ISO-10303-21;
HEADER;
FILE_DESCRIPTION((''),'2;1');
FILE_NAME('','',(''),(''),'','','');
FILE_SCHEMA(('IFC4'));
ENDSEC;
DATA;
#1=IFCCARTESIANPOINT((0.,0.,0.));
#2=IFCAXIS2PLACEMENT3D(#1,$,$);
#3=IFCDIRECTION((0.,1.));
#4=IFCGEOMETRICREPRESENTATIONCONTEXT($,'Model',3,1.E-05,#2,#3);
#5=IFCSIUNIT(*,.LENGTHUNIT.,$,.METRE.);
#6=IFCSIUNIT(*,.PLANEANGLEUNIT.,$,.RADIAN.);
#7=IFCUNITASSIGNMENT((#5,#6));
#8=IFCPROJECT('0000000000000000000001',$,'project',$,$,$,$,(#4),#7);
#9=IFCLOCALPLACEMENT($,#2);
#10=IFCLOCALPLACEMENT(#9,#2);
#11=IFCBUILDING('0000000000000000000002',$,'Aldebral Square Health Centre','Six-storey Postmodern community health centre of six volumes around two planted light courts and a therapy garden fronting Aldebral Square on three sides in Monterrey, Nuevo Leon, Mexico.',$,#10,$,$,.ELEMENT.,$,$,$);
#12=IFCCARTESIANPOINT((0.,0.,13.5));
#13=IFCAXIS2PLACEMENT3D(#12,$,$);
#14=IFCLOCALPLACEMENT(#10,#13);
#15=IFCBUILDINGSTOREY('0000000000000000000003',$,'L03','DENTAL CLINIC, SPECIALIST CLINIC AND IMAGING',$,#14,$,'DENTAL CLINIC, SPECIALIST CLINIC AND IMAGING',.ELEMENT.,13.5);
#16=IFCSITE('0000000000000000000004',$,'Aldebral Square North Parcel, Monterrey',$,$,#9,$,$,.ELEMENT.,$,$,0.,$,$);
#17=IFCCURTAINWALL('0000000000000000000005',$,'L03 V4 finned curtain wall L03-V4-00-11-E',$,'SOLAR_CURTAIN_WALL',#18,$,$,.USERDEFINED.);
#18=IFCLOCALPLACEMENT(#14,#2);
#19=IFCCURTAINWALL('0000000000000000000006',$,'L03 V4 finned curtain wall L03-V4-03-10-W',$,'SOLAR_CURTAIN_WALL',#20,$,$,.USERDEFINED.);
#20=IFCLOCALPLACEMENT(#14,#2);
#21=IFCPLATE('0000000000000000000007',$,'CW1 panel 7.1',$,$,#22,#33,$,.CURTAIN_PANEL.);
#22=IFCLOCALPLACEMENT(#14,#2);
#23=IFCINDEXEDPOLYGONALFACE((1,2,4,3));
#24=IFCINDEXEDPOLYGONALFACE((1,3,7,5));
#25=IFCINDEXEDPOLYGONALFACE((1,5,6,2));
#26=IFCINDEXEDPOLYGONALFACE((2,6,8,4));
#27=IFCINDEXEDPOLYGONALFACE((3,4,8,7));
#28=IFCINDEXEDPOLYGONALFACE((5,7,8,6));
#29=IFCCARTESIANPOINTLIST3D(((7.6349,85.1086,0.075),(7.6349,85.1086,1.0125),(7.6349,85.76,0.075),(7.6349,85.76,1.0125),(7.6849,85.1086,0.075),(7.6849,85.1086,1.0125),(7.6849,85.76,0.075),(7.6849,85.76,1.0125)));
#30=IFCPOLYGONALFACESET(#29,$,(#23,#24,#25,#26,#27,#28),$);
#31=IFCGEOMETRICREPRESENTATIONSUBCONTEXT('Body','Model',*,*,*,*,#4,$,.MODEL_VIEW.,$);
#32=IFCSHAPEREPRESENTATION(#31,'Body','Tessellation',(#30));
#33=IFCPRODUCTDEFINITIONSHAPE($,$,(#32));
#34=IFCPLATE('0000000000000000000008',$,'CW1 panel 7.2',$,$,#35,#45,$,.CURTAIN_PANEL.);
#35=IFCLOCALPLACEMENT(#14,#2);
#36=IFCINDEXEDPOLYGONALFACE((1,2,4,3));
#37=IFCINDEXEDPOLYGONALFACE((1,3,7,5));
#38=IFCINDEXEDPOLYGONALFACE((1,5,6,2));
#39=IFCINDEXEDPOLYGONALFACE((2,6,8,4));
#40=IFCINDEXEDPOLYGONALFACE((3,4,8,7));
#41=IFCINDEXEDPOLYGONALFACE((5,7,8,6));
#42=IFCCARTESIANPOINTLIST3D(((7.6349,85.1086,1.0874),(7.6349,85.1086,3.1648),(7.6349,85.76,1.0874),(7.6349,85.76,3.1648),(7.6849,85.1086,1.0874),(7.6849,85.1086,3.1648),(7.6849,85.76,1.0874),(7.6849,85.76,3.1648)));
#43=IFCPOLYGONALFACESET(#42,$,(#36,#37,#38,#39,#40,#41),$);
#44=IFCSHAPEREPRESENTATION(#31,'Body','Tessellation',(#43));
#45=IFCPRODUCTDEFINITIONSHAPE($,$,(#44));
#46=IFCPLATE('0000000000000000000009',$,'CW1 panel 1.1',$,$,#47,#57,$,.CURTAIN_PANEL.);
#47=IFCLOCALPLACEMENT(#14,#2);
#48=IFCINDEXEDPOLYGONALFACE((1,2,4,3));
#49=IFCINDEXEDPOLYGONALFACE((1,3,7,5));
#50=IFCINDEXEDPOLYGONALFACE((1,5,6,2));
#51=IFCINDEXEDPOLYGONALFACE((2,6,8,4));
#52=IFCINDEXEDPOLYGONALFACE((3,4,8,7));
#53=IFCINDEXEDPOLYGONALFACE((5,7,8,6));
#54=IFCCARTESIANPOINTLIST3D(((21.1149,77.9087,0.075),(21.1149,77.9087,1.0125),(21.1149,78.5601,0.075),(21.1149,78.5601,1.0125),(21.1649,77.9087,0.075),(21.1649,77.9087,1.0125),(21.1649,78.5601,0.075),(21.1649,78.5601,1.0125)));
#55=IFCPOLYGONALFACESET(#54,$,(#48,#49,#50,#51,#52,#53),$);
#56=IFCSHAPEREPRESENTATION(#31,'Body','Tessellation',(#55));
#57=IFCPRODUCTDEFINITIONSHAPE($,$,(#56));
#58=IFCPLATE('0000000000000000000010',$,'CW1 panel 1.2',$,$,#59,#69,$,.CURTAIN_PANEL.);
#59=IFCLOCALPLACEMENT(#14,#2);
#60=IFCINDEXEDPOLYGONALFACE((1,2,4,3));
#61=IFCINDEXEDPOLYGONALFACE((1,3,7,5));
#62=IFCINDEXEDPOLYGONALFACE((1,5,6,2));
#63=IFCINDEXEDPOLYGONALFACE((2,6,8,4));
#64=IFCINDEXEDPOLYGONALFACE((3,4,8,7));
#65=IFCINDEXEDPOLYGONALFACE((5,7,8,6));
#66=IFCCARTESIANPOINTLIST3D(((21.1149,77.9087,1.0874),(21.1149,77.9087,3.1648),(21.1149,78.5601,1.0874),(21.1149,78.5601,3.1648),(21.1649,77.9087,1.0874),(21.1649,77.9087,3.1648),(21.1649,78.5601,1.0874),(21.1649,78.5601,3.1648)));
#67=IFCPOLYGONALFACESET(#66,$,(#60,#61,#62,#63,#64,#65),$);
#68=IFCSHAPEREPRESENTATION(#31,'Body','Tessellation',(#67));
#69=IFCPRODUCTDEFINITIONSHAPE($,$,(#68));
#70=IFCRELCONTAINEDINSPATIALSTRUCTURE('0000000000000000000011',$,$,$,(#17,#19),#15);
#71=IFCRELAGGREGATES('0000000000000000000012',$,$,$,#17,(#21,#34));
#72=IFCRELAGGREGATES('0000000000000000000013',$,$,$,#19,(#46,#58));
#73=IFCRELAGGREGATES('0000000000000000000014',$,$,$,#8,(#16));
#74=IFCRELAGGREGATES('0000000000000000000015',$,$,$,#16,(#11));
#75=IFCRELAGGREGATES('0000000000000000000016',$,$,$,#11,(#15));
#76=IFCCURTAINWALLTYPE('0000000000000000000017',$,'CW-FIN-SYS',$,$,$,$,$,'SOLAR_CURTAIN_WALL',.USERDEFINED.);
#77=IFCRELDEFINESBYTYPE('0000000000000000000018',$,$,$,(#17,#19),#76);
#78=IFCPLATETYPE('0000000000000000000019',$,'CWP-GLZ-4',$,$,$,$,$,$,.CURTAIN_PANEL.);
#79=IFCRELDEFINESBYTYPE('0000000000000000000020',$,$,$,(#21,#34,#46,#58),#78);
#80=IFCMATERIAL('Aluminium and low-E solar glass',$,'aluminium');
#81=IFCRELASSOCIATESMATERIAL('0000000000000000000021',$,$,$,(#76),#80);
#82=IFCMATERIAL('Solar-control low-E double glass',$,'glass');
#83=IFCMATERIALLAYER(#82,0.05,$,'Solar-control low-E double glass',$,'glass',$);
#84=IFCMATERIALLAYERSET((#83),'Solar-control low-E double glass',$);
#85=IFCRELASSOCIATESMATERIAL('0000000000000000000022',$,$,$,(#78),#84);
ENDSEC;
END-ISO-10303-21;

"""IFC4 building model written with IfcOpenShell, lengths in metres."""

from ifc_helpers import new_model, si_unit, direction, frame, origin, origin_2d, place, context, subcontext, project, spatial, rectangle, extrude, material, layer, layer_set, type_object, element, aggregate, save


model = new_model("IFC4")

# Units and contexts
model_context = context("Model", 3, precision=1e-05, world=origin(), true_north=direction((0.0, 1.0)))
body_context = subcontext(model_context, "Body", "Model", "MODEL_VIEW")
ifc_project = project(units=[si_unit("LENGTHUNIT", "METRE"), si_unit("PLANEANGLEUNIT", "RADIAN")], contexts=[model_context])

# Site, building, storey
site_placement = place(None, origin())
site = spatial("IfcSite", under=ifc_project, at=site_placement, Name="Aldebral Square North Parcel, Monterrey", CompositionType="ELEMENT", RefElevation=0.0)
building_placement = place(site_placement, origin())
building = spatial("IfcBuilding", under=site, at=building_placement, Name="Aldebral Square Health Centre", Description="Six-storey Postmodern community health centre of six volumes around two planted light courts and a therapy garden fronting Aldebral Square on three sides in Monterrey, Nuevo Leon, Mexico.", CompositionType="ELEMENT")
storey_placement = place(building_placement, frame((0.0, 0.0, 13.5)))
storey = spatial("IfcBuildingStorey", under=building, at=storey_placement, Name="L03", Description="DENTAL CLINIC, SPECIALIST CLINIC AND IMAGING", LongName="DENTAL CLINIC, SPECIALIST CLINIC AND IMAGING", CompositionType="ELEMENT", Elevation=13.5)

# Curtain wall
ifc_material_1 = material(Name="Aluminium and low-E solar glass", Category="aluminium")
curtain_wall_type = type_object("IfcCurtainWallType", Name="CW-FIN-SYS", ElementType="SOLAR_CURTAIN_WALL", PredefinedType="USERDEFINED", material=ifc_material_1)
curtain_wall_1_placement = place(storey_placement, origin())
curtain_wall_1 = element("IfcCurtainWall", 1, at=curtain_wall_1_placement, inside=storey, type_object=curtain_wall_type, Name="L03 V4 finned curtain wall L03-V4-00-11-E", ObjectType="SOLAR_CURTAIN_WALL", PredefinedType="USERDEFINED")

# Curtain wall
curtain_wall_2_placement = place(storey_placement, origin())
curtain_wall_2 = element("IfcCurtainWall", 2, at=curtain_wall_2_placement, inside=storey, type_object=curtain_wall_type, Name="L03 V4 finned curtain wall L03-V4-03-10-W", ObjectType="SOLAR_CURTAIN_WALL", PredefinedType="USERDEFINED")

# Plates
ifc_material_2 = material(Name="Solar-control low-E double glass", Category="glass")
ifc_layer = layer(ifc_material_2, 0.05, Name="Solar-control low-E double glass", Category="glass")
ifc_layer_set = layer_set([ifc_layer], Name="Solar-control low-E double glass")
plate_type = type_object("IfcPlateType", Name="CWP-GLZ-4", PredefinedType="CURTAIN_PANEL", material=ifc_layer_set)
plate_1_placement = place(storey_placement, frame((7.6599, 85.4343, 0.075), z_axis=(0.0, 0.0, 1.0), x_axis=(0.0, 1.0, 0.0)))
plate_1 = element("IfcPlate", 3, at=plate_1_placement, type_object=plate_type, Name="CW1 panel 7.1", PredefinedType="CURTAIN_PANEL", context=body_context, shape_type="SweptSolid", body=[
    extrude(rectangle(XDim=0.6514, YDim=0.05, at=origin_2d()), origin(), (0.0, 0.0, 1.0), 0.9375),
])
plate_2_placement = place(storey_placement, frame((7.6599, 85.4343, 1.0874), z_axis=(0.0, 0.0, 1.0), x_axis=(0.0, 1.0, 0.0)))
plate_2 = element("IfcPlate", 4, at=plate_2_placement, type_object=plate_type, Name="CW1 panel 7.2", PredefinedType="CURTAIN_PANEL", context=body_context, shape_type="SweptSolid", body=[
    extrude(rectangle(XDim=0.6514, YDim=0.05, at=origin_2d()), origin(), (0.0, 0.0, 1.0), 2.0774),
])
aggregate(curtain_wall_1, [plate_1, plate_2])
plate_3_placement = place(storey_placement, frame((21.1399, 78.2344, 0.075), z_axis=(0.0, 0.0, 1.0), x_axis=(0.0, -1.0, 0.0)))
plate_3 = element("IfcPlate", 5, at=plate_3_placement, type_object=plate_type, Name="CW1 panel 1.1", PredefinedType="CURTAIN_PANEL", context=body_context, shape_type="SweptSolid", body=[
    extrude(rectangle(XDim=0.6514, YDim=0.05, at=origin_2d()), origin(), (0.0, 0.0, 1.0), 0.9375),
])
plate_4_placement = place(storey_placement, frame((21.1399, 78.2344, 1.0874), z_axis=(0.0, 0.0, 1.0), x_axis=(0.0, -1.0, 0.0)))
plate_4 = element("IfcPlate", 6, at=plate_4_placement, type_object=plate_type, Name="CW1 panel 1.2", PredefinedType="CURTAIN_PANEL", context=body_context, shape_type="SweptSolid", body=[
    extrude(rectangle(XDim=0.6514, YDim=0.05, at=origin_2d()), origin(), (0.0, 0.0, 1.0), 2.0774),
])
aggregate(curtain_wall_2, [plate_3, plate_4])

save(model, "model.ifc")
